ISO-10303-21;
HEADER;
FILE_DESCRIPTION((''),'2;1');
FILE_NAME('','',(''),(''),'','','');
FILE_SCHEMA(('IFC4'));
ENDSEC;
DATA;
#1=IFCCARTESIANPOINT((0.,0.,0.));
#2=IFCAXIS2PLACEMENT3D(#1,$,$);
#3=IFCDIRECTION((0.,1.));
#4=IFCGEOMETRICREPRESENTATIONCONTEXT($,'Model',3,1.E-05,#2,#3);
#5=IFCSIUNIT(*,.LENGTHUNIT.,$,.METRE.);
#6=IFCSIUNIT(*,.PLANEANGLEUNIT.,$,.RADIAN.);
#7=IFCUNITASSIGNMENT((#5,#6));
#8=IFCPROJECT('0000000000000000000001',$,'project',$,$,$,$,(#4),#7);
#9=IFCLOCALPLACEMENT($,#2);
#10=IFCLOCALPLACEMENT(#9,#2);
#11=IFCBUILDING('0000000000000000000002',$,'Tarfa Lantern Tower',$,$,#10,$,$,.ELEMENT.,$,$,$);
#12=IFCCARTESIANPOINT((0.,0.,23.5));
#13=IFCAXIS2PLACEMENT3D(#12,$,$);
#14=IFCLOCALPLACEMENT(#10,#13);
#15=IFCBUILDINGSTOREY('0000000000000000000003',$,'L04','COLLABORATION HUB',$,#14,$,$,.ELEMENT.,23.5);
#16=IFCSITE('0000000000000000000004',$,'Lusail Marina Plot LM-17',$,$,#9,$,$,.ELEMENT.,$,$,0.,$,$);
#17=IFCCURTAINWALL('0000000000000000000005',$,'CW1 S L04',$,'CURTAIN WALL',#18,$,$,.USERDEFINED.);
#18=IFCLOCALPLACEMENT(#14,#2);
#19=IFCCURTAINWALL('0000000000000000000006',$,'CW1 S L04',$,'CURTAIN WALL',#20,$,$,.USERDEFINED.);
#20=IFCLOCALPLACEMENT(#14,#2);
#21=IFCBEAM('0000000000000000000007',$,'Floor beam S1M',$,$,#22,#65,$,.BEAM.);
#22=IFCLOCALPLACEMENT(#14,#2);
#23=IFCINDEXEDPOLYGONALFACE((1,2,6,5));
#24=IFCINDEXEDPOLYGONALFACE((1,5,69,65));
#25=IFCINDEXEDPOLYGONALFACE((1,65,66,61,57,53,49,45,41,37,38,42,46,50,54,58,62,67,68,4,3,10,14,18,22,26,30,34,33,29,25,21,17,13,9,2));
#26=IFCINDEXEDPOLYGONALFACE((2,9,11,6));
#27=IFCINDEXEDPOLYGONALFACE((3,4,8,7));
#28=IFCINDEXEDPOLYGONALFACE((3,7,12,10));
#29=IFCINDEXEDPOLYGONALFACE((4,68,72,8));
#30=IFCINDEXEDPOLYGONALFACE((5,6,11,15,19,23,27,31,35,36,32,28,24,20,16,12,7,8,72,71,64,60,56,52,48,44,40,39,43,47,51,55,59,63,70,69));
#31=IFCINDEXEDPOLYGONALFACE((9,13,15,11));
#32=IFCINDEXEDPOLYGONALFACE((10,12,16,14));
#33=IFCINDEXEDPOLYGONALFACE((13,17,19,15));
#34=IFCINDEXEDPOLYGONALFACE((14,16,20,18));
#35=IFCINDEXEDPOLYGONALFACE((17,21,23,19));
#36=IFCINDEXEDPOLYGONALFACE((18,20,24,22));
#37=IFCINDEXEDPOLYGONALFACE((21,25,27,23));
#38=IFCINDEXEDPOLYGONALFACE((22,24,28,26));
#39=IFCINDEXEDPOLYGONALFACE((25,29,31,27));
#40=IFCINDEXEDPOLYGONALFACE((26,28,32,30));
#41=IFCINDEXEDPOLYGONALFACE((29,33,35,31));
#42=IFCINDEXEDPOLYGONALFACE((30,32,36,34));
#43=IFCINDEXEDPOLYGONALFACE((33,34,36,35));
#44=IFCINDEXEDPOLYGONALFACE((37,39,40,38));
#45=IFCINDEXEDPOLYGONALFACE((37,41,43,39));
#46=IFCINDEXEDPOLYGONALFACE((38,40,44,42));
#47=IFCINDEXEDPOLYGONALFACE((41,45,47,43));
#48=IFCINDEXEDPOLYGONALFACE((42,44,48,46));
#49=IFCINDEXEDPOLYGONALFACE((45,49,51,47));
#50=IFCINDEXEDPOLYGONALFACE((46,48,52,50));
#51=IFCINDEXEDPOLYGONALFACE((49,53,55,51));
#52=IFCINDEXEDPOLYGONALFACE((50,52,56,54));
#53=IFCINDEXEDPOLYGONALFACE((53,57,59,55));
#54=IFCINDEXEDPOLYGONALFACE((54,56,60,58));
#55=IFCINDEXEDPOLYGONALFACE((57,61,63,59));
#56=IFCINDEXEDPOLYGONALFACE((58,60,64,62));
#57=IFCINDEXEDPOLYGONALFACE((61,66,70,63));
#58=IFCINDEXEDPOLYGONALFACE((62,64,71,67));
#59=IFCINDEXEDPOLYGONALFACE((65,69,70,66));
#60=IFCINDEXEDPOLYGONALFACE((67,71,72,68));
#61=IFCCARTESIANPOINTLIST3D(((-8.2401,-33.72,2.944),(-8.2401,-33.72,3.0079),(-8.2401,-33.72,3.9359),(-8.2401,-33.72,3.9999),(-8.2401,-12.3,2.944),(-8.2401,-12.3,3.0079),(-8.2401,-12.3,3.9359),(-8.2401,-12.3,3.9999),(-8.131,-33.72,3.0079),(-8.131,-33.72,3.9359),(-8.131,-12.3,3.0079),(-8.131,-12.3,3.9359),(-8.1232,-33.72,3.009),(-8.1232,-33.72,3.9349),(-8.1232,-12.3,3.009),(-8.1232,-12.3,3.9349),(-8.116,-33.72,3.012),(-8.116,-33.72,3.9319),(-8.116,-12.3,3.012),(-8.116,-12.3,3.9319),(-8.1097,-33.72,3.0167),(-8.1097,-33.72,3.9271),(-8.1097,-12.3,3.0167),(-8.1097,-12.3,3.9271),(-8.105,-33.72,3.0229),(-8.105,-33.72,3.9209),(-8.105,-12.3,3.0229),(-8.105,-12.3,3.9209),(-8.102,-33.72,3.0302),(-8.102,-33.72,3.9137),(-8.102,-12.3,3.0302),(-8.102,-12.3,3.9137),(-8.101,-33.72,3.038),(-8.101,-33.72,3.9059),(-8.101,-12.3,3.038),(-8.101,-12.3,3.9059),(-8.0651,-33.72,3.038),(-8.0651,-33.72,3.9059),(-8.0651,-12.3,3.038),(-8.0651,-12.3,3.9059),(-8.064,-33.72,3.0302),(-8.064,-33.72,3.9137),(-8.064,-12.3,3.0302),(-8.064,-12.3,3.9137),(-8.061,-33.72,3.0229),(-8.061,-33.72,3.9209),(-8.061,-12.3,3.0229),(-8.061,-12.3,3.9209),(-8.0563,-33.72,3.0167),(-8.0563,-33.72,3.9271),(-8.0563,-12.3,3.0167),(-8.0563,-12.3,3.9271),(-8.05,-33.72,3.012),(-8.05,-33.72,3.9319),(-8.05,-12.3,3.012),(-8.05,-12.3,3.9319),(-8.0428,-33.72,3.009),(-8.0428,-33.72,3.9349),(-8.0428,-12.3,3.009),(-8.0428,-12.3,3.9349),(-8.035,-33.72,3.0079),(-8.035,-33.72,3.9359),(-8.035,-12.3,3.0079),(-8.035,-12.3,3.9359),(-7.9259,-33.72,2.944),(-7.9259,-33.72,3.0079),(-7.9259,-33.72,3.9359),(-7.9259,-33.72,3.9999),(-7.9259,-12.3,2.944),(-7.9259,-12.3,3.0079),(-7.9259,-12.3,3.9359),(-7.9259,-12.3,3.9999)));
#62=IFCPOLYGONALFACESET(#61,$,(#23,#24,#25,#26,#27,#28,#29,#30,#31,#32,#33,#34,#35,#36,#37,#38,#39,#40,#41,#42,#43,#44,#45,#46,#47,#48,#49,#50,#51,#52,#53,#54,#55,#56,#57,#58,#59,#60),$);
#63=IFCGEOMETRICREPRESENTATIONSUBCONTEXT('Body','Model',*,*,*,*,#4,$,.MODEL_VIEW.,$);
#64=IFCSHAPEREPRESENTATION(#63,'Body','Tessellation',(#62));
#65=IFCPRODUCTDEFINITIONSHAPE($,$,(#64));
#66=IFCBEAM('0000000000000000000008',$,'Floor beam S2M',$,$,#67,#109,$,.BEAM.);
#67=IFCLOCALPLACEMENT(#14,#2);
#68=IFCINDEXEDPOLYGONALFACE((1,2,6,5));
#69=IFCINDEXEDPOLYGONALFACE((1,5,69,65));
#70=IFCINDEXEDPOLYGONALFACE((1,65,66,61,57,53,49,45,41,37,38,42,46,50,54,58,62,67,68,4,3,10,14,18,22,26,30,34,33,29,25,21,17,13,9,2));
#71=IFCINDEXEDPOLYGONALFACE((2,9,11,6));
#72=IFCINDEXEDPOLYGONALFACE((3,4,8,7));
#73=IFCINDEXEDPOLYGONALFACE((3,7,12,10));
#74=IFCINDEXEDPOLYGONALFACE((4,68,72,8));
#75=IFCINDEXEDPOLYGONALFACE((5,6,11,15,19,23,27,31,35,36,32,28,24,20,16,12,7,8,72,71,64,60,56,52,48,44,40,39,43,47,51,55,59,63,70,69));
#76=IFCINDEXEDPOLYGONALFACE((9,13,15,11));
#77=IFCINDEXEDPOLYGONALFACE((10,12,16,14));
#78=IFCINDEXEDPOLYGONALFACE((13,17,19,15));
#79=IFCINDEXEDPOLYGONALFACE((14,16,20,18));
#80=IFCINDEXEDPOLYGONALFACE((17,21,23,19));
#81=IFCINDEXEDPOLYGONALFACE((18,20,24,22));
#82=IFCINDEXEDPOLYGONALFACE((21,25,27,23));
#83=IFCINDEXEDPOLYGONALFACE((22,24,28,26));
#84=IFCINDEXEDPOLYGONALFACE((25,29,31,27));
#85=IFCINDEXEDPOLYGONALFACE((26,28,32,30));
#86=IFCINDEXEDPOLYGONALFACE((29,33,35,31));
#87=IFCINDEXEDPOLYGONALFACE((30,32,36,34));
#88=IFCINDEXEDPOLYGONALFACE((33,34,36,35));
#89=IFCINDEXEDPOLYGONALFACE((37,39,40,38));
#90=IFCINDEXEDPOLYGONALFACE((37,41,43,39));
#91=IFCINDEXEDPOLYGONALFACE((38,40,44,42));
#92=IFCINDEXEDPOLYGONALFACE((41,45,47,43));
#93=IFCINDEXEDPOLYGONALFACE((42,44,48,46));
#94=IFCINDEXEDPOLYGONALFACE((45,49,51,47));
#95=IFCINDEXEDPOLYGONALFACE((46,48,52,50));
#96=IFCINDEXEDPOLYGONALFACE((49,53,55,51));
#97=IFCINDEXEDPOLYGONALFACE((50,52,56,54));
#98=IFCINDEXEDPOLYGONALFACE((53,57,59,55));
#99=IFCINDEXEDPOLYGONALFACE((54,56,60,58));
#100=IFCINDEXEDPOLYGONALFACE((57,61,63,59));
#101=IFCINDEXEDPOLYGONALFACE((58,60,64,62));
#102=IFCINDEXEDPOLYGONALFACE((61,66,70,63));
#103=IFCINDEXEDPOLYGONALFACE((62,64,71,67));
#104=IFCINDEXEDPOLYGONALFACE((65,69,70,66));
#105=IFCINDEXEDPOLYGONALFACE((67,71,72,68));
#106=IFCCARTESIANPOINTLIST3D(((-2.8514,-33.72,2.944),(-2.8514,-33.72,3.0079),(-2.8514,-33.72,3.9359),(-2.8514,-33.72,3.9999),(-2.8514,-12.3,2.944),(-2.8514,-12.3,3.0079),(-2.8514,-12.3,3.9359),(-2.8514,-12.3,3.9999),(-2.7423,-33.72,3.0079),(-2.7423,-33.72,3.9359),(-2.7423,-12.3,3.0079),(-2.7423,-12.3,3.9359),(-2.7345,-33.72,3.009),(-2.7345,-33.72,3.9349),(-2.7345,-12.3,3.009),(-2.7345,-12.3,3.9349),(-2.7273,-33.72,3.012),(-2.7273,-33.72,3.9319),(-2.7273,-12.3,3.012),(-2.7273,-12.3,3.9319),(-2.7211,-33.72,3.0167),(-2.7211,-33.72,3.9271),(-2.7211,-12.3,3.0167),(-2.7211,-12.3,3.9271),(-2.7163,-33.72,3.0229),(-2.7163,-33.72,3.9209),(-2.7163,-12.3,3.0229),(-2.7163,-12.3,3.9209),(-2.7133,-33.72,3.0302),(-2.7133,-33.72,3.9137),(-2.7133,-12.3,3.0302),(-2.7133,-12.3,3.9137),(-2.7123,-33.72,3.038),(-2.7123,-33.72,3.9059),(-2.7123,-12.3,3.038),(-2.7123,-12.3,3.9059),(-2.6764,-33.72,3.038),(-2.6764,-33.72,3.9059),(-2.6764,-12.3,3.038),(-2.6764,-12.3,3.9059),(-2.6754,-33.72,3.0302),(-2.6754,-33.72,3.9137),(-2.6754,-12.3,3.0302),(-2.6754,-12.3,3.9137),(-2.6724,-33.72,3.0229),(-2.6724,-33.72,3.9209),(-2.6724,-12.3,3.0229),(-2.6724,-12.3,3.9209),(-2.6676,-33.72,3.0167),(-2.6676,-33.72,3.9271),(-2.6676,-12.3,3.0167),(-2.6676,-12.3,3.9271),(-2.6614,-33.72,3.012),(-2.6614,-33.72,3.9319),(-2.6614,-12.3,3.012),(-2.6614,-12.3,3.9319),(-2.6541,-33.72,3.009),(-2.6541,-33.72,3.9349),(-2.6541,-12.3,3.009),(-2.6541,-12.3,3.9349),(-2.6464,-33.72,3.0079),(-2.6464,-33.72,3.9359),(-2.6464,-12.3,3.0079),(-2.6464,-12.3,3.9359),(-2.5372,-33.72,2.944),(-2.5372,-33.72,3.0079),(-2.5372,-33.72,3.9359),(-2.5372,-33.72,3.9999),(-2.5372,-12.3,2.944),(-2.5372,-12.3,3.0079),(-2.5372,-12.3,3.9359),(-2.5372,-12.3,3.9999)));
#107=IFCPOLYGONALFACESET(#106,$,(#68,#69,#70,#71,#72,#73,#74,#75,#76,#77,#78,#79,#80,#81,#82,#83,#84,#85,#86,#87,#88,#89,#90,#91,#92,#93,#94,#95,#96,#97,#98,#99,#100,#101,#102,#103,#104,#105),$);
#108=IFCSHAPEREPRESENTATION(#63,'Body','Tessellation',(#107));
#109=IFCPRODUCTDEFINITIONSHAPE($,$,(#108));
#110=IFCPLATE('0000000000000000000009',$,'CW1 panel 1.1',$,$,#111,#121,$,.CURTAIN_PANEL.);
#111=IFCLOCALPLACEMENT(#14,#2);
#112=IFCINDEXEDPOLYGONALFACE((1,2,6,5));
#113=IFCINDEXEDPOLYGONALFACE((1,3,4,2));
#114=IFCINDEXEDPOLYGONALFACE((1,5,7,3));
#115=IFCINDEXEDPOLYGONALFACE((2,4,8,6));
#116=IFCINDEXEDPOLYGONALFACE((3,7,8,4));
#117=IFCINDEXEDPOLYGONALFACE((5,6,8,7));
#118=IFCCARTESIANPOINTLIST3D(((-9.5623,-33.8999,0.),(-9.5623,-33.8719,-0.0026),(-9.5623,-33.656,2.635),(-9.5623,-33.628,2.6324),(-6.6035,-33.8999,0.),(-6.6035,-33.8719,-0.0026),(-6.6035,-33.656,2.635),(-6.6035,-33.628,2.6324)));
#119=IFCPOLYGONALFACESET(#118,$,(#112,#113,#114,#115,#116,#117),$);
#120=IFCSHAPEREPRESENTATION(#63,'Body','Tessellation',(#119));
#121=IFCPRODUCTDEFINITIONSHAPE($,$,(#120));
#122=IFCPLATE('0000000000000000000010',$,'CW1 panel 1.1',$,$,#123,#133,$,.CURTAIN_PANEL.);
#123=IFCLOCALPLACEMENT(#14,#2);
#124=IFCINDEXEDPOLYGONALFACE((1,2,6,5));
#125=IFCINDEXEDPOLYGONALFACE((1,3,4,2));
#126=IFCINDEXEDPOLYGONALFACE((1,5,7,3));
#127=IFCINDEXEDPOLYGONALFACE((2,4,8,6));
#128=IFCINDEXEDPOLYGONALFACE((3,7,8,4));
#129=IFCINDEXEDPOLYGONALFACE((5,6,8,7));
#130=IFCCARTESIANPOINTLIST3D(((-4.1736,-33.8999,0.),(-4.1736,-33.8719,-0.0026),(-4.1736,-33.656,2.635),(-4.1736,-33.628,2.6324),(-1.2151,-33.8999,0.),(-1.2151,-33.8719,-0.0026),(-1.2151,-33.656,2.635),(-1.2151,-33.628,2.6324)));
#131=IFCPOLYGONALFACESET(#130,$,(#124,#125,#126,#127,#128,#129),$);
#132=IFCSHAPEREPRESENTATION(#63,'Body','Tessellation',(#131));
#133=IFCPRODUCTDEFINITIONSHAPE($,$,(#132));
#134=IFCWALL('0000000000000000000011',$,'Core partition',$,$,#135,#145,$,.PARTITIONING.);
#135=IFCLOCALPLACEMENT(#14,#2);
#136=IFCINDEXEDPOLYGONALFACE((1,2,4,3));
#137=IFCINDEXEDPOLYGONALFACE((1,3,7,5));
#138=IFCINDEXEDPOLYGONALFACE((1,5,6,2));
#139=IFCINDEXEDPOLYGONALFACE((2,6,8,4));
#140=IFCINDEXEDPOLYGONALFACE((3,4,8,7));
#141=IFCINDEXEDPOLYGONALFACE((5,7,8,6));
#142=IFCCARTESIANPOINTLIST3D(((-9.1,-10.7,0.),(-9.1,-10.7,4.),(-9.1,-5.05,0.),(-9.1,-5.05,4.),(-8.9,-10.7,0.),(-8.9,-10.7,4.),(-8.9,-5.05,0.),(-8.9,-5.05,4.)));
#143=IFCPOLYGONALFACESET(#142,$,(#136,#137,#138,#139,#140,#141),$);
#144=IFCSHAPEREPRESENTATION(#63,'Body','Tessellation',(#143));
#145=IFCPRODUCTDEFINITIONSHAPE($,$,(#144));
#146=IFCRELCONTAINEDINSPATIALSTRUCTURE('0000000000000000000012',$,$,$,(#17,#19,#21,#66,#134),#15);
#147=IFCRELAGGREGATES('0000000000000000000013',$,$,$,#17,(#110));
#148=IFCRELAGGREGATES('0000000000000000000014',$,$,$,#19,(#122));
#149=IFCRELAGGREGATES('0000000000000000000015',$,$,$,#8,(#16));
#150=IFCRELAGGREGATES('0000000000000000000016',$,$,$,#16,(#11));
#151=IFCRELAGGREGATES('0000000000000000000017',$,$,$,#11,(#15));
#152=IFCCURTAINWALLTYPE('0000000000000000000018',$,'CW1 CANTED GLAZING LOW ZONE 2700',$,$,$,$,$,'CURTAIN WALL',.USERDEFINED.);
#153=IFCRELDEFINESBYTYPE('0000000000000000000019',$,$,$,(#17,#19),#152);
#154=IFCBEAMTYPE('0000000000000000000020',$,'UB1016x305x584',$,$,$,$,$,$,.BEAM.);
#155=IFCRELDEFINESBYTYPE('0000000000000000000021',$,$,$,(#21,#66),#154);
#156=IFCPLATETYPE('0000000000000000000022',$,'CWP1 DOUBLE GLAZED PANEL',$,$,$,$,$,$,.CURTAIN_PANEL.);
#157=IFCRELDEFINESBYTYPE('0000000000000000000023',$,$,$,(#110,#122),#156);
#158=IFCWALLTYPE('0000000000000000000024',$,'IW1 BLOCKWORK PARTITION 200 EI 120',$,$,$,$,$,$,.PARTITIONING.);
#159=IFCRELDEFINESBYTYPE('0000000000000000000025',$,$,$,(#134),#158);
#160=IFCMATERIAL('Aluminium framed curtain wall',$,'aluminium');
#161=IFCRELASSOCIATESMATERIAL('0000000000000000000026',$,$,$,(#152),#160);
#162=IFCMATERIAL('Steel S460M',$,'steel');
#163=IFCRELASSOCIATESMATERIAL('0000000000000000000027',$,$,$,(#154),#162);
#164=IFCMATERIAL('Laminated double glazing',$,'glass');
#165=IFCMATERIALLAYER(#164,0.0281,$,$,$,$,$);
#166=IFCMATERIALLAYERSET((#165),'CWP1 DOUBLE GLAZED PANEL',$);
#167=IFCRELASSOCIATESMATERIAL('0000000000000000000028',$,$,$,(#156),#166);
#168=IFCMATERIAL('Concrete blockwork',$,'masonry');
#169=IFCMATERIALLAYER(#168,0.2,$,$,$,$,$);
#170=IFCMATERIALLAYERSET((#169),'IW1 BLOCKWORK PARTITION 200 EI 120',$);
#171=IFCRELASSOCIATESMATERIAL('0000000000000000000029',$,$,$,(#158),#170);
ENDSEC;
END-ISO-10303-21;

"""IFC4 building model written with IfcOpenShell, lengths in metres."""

from ifc_helpers import new_model, si_unit, direction, frame, frame_2d, origin, origin_2d, place, context, subcontext, project, spatial, polyline, rectangle, i_section, outline, extrude, material, layer, layer_set, material_profile, profile_set, type_object, element, aggregate, save


model = new_model("IFC4")

# Units and contexts
model_context = context("Model", 3, precision=1e-05, world=origin(), true_north=direction((0.0, 1.0)))
body_context = subcontext(model_context, "Body", "Model", "MODEL_VIEW")
ifc_project = project(units=[si_unit("LENGTHUNIT", "METRE"), si_unit("PLANEANGLEUNIT", "RADIAN")], contexts=[model_context])

# Site, building, storey
site_placement = place(None, origin())
site = spatial("IfcSite", under=ifc_project, at=site_placement, Name="Lusail Marina Plot LM-17", CompositionType="ELEMENT", RefElevation=0.0)
building_placement = place(site_placement, origin())
building = spatial("IfcBuilding", under=site, at=building_placement, Name="Tarfa Lantern Tower", CompositionType="ELEMENT")
storey_placement = place(building_placement, frame((0.0, 0.0, 23.5)))
storey = spatial("IfcBuildingStorey", under=building, at=storey_placement, Name="L04", Description="COLLABORATION HUB", CompositionType="ELEMENT", Elevation=23.5)

# Shared definitions
ifc_material_1 = material(Name="Aluminium framed curtain wall", Category="aluminium")
curtain_wall_type = type_object("IfcCurtainWallType", Name="CW1 CANTED GLAZING LOW ZONE 2700", ElementType="CURTAIN WALL", PredefinedType="USERDEFINED", material=ifc_material_1)

# Curtain walls
curtain_wall_1_placement = place(storey_placement, origin())
curtain_wall_1 = element("IfcCurtainWall", 1, at=curtain_wall_1_placement, inside=storey, type_object=curtain_wall_type, Name="CW1 S L04", ObjectType="CURTAIN WALL", PredefinedType="USERDEFINED")
curtain_wall_2_placement = place(storey_placement, origin())
curtain_wall_2 = element("IfcCurtainWall", 2, at=curtain_wall_2_placement, inside=storey, type_object=curtain_wall_type, Name="CW1 S L04", ObjectType="CURTAIN WALL", PredefinedType="USERDEFINED")

# Beams
ifc_material_2 = material(Name="Steel S460M", Category="steel")
ifc_material_profile_1 = material_profile(ifc_material_2, i_section(OverallWidth=0.3142, OverallDepth=1.0559, WebThickness=0.0359, FlangeThickness=0.064, FilletRadius=0.03, at=origin_2d()), Name="UB1016x305x584")
ifc_profile_set_1 = profile_set([ifc_material_profile_1], Name="Steel S460M")
beam_type_1 = type_object("IfcBeamType", Name="UB1016x305x584", PredefinedType="BEAM", material=ifc_profile_set_1)
for number, where, z_axis, x_axis, name in (
    (3, (-8.083, -33.72, 3.4719), (0.0, 1.0, 0.0), (-1.0, 0.0, 0.0), "Floor beam S1M"),
    (4, (-2.6943, -33.72, 3.4719), (0.0, 1.0, 0.0), (-1.0, 0.0, 0.0), "Floor beam S2M"),
):
    element("IfcBeam", number, at=place(storey_placement, frame(where, z_axis=z_axis, x_axis=x_axis)), inside=storey, type_object=beam_type_1, Name=name, PredefinedType="BEAM", context=body_context, shape_type="SweptSolid", body=[
        extrude(i_section(OverallWidth=0.3142, OverallDepth=1.0559, WebThickness=0.0359, FlangeThickness=0.064, FilletRadius=0.03, at=origin_2d()), origin(), (0.0, 0.0, 1.0), 21.4199),
    ])

# Plates
ifc_material_3 = material(Name="Laminated double glazing", Category="glass")
ifc_layer_1 = layer(ifc_material_3, 0.0281)
ifc_layer_set_1 = layer_set([ifc_layer_1], Name="CWP1 DOUBLE GLAZED PANEL")
plate_type = type_object("IfcPlateType", Name="CWP1 DOUBLE GLAZED PANEL", PredefinedType="CURTAIN_PANEL", material=ifc_layer_set_1)
plate_1_placement = place(storey_placement, frame((-9.5623, -33.8999, 0.0), z_axis=(0.0, -0.995744, 0.092166), x_axis=(1.0, 0.0, 0.0)))
plate_1 = element("IfcPlate", 5, at=plate_1_placement, type_object=plate_type, Name="CW1 panel 1.1", PredefinedType="CURTAIN_PANEL", context=body_context, shape_type="SweptSolid", body=[
    extrude(outline(polyline([(0.0, 0.0), (2.9587, 0.0), (2.9587, 2.6463), (0.0, 2.6463), (0.0, 0.0)])), origin(), (0.0, 0.0, -1.0), 0.0281),
])
aggregate(curtain_wall_1, [plate_1])
plate_2_placement = place(storey_placement, frame((-4.1736, -33.8999, 0.0), z_axis=(0.0, -0.995744, 0.092166), x_axis=(1.0, 0.0, 0.0)))
plate_2 = element("IfcPlate", 6, at=plate_2_placement, type_object=plate_type, Name="CW1 panel 1.1", PredefinedType="CURTAIN_PANEL", context=body_context, shape_type="SweptSolid", body=[
    extrude(outline(polyline([(0.0, 0.0), (2.9585, 0.0), (2.9585, 2.6463), (0.0, 2.6463), (0.0, 0.0)])), origin(), (0.0, 0.0, -1.0), 0.0281),
])
aggregate(curtain_wall_2, [plate_2])

# Wall
ifc_material_4 = material(Name="Concrete blockwork", Category="masonry")
ifc_layer_2 = layer(ifc_material_4, 0.2)
ifc_layer_set_2 = layer_set([ifc_layer_2], Name="IW1 BLOCKWORK PARTITION 200 EI 120")
wall_type_1 = type_object("IfcWallType", Name="IW1 BLOCKWORK PARTITION 200 EI 120", PredefinedType="PARTITIONING", material=ifc_layer_set_2)
wall_1_placement = place(storey_placement, frame((-9.0, -5.05, 0.0), z_axis=(0.0, 0.0, 1.0), x_axis=(0.0, -1.0, 0.0)))
element("IfcWall", 7, at=wall_1_placement, inside=storey, type_object=wall_type_1, Name="Core partition", PredefinedType="PARTITIONING", context=body_context, shape_type="SweptSolid", body=[
    extrude(rectangle(XDim=5.6499, YDim=0.2, at=frame_2d((2.825, 0.0))), origin(), (0.0, 0.0, 1.0), 4.0),
])

save(model, "model.ifc")
